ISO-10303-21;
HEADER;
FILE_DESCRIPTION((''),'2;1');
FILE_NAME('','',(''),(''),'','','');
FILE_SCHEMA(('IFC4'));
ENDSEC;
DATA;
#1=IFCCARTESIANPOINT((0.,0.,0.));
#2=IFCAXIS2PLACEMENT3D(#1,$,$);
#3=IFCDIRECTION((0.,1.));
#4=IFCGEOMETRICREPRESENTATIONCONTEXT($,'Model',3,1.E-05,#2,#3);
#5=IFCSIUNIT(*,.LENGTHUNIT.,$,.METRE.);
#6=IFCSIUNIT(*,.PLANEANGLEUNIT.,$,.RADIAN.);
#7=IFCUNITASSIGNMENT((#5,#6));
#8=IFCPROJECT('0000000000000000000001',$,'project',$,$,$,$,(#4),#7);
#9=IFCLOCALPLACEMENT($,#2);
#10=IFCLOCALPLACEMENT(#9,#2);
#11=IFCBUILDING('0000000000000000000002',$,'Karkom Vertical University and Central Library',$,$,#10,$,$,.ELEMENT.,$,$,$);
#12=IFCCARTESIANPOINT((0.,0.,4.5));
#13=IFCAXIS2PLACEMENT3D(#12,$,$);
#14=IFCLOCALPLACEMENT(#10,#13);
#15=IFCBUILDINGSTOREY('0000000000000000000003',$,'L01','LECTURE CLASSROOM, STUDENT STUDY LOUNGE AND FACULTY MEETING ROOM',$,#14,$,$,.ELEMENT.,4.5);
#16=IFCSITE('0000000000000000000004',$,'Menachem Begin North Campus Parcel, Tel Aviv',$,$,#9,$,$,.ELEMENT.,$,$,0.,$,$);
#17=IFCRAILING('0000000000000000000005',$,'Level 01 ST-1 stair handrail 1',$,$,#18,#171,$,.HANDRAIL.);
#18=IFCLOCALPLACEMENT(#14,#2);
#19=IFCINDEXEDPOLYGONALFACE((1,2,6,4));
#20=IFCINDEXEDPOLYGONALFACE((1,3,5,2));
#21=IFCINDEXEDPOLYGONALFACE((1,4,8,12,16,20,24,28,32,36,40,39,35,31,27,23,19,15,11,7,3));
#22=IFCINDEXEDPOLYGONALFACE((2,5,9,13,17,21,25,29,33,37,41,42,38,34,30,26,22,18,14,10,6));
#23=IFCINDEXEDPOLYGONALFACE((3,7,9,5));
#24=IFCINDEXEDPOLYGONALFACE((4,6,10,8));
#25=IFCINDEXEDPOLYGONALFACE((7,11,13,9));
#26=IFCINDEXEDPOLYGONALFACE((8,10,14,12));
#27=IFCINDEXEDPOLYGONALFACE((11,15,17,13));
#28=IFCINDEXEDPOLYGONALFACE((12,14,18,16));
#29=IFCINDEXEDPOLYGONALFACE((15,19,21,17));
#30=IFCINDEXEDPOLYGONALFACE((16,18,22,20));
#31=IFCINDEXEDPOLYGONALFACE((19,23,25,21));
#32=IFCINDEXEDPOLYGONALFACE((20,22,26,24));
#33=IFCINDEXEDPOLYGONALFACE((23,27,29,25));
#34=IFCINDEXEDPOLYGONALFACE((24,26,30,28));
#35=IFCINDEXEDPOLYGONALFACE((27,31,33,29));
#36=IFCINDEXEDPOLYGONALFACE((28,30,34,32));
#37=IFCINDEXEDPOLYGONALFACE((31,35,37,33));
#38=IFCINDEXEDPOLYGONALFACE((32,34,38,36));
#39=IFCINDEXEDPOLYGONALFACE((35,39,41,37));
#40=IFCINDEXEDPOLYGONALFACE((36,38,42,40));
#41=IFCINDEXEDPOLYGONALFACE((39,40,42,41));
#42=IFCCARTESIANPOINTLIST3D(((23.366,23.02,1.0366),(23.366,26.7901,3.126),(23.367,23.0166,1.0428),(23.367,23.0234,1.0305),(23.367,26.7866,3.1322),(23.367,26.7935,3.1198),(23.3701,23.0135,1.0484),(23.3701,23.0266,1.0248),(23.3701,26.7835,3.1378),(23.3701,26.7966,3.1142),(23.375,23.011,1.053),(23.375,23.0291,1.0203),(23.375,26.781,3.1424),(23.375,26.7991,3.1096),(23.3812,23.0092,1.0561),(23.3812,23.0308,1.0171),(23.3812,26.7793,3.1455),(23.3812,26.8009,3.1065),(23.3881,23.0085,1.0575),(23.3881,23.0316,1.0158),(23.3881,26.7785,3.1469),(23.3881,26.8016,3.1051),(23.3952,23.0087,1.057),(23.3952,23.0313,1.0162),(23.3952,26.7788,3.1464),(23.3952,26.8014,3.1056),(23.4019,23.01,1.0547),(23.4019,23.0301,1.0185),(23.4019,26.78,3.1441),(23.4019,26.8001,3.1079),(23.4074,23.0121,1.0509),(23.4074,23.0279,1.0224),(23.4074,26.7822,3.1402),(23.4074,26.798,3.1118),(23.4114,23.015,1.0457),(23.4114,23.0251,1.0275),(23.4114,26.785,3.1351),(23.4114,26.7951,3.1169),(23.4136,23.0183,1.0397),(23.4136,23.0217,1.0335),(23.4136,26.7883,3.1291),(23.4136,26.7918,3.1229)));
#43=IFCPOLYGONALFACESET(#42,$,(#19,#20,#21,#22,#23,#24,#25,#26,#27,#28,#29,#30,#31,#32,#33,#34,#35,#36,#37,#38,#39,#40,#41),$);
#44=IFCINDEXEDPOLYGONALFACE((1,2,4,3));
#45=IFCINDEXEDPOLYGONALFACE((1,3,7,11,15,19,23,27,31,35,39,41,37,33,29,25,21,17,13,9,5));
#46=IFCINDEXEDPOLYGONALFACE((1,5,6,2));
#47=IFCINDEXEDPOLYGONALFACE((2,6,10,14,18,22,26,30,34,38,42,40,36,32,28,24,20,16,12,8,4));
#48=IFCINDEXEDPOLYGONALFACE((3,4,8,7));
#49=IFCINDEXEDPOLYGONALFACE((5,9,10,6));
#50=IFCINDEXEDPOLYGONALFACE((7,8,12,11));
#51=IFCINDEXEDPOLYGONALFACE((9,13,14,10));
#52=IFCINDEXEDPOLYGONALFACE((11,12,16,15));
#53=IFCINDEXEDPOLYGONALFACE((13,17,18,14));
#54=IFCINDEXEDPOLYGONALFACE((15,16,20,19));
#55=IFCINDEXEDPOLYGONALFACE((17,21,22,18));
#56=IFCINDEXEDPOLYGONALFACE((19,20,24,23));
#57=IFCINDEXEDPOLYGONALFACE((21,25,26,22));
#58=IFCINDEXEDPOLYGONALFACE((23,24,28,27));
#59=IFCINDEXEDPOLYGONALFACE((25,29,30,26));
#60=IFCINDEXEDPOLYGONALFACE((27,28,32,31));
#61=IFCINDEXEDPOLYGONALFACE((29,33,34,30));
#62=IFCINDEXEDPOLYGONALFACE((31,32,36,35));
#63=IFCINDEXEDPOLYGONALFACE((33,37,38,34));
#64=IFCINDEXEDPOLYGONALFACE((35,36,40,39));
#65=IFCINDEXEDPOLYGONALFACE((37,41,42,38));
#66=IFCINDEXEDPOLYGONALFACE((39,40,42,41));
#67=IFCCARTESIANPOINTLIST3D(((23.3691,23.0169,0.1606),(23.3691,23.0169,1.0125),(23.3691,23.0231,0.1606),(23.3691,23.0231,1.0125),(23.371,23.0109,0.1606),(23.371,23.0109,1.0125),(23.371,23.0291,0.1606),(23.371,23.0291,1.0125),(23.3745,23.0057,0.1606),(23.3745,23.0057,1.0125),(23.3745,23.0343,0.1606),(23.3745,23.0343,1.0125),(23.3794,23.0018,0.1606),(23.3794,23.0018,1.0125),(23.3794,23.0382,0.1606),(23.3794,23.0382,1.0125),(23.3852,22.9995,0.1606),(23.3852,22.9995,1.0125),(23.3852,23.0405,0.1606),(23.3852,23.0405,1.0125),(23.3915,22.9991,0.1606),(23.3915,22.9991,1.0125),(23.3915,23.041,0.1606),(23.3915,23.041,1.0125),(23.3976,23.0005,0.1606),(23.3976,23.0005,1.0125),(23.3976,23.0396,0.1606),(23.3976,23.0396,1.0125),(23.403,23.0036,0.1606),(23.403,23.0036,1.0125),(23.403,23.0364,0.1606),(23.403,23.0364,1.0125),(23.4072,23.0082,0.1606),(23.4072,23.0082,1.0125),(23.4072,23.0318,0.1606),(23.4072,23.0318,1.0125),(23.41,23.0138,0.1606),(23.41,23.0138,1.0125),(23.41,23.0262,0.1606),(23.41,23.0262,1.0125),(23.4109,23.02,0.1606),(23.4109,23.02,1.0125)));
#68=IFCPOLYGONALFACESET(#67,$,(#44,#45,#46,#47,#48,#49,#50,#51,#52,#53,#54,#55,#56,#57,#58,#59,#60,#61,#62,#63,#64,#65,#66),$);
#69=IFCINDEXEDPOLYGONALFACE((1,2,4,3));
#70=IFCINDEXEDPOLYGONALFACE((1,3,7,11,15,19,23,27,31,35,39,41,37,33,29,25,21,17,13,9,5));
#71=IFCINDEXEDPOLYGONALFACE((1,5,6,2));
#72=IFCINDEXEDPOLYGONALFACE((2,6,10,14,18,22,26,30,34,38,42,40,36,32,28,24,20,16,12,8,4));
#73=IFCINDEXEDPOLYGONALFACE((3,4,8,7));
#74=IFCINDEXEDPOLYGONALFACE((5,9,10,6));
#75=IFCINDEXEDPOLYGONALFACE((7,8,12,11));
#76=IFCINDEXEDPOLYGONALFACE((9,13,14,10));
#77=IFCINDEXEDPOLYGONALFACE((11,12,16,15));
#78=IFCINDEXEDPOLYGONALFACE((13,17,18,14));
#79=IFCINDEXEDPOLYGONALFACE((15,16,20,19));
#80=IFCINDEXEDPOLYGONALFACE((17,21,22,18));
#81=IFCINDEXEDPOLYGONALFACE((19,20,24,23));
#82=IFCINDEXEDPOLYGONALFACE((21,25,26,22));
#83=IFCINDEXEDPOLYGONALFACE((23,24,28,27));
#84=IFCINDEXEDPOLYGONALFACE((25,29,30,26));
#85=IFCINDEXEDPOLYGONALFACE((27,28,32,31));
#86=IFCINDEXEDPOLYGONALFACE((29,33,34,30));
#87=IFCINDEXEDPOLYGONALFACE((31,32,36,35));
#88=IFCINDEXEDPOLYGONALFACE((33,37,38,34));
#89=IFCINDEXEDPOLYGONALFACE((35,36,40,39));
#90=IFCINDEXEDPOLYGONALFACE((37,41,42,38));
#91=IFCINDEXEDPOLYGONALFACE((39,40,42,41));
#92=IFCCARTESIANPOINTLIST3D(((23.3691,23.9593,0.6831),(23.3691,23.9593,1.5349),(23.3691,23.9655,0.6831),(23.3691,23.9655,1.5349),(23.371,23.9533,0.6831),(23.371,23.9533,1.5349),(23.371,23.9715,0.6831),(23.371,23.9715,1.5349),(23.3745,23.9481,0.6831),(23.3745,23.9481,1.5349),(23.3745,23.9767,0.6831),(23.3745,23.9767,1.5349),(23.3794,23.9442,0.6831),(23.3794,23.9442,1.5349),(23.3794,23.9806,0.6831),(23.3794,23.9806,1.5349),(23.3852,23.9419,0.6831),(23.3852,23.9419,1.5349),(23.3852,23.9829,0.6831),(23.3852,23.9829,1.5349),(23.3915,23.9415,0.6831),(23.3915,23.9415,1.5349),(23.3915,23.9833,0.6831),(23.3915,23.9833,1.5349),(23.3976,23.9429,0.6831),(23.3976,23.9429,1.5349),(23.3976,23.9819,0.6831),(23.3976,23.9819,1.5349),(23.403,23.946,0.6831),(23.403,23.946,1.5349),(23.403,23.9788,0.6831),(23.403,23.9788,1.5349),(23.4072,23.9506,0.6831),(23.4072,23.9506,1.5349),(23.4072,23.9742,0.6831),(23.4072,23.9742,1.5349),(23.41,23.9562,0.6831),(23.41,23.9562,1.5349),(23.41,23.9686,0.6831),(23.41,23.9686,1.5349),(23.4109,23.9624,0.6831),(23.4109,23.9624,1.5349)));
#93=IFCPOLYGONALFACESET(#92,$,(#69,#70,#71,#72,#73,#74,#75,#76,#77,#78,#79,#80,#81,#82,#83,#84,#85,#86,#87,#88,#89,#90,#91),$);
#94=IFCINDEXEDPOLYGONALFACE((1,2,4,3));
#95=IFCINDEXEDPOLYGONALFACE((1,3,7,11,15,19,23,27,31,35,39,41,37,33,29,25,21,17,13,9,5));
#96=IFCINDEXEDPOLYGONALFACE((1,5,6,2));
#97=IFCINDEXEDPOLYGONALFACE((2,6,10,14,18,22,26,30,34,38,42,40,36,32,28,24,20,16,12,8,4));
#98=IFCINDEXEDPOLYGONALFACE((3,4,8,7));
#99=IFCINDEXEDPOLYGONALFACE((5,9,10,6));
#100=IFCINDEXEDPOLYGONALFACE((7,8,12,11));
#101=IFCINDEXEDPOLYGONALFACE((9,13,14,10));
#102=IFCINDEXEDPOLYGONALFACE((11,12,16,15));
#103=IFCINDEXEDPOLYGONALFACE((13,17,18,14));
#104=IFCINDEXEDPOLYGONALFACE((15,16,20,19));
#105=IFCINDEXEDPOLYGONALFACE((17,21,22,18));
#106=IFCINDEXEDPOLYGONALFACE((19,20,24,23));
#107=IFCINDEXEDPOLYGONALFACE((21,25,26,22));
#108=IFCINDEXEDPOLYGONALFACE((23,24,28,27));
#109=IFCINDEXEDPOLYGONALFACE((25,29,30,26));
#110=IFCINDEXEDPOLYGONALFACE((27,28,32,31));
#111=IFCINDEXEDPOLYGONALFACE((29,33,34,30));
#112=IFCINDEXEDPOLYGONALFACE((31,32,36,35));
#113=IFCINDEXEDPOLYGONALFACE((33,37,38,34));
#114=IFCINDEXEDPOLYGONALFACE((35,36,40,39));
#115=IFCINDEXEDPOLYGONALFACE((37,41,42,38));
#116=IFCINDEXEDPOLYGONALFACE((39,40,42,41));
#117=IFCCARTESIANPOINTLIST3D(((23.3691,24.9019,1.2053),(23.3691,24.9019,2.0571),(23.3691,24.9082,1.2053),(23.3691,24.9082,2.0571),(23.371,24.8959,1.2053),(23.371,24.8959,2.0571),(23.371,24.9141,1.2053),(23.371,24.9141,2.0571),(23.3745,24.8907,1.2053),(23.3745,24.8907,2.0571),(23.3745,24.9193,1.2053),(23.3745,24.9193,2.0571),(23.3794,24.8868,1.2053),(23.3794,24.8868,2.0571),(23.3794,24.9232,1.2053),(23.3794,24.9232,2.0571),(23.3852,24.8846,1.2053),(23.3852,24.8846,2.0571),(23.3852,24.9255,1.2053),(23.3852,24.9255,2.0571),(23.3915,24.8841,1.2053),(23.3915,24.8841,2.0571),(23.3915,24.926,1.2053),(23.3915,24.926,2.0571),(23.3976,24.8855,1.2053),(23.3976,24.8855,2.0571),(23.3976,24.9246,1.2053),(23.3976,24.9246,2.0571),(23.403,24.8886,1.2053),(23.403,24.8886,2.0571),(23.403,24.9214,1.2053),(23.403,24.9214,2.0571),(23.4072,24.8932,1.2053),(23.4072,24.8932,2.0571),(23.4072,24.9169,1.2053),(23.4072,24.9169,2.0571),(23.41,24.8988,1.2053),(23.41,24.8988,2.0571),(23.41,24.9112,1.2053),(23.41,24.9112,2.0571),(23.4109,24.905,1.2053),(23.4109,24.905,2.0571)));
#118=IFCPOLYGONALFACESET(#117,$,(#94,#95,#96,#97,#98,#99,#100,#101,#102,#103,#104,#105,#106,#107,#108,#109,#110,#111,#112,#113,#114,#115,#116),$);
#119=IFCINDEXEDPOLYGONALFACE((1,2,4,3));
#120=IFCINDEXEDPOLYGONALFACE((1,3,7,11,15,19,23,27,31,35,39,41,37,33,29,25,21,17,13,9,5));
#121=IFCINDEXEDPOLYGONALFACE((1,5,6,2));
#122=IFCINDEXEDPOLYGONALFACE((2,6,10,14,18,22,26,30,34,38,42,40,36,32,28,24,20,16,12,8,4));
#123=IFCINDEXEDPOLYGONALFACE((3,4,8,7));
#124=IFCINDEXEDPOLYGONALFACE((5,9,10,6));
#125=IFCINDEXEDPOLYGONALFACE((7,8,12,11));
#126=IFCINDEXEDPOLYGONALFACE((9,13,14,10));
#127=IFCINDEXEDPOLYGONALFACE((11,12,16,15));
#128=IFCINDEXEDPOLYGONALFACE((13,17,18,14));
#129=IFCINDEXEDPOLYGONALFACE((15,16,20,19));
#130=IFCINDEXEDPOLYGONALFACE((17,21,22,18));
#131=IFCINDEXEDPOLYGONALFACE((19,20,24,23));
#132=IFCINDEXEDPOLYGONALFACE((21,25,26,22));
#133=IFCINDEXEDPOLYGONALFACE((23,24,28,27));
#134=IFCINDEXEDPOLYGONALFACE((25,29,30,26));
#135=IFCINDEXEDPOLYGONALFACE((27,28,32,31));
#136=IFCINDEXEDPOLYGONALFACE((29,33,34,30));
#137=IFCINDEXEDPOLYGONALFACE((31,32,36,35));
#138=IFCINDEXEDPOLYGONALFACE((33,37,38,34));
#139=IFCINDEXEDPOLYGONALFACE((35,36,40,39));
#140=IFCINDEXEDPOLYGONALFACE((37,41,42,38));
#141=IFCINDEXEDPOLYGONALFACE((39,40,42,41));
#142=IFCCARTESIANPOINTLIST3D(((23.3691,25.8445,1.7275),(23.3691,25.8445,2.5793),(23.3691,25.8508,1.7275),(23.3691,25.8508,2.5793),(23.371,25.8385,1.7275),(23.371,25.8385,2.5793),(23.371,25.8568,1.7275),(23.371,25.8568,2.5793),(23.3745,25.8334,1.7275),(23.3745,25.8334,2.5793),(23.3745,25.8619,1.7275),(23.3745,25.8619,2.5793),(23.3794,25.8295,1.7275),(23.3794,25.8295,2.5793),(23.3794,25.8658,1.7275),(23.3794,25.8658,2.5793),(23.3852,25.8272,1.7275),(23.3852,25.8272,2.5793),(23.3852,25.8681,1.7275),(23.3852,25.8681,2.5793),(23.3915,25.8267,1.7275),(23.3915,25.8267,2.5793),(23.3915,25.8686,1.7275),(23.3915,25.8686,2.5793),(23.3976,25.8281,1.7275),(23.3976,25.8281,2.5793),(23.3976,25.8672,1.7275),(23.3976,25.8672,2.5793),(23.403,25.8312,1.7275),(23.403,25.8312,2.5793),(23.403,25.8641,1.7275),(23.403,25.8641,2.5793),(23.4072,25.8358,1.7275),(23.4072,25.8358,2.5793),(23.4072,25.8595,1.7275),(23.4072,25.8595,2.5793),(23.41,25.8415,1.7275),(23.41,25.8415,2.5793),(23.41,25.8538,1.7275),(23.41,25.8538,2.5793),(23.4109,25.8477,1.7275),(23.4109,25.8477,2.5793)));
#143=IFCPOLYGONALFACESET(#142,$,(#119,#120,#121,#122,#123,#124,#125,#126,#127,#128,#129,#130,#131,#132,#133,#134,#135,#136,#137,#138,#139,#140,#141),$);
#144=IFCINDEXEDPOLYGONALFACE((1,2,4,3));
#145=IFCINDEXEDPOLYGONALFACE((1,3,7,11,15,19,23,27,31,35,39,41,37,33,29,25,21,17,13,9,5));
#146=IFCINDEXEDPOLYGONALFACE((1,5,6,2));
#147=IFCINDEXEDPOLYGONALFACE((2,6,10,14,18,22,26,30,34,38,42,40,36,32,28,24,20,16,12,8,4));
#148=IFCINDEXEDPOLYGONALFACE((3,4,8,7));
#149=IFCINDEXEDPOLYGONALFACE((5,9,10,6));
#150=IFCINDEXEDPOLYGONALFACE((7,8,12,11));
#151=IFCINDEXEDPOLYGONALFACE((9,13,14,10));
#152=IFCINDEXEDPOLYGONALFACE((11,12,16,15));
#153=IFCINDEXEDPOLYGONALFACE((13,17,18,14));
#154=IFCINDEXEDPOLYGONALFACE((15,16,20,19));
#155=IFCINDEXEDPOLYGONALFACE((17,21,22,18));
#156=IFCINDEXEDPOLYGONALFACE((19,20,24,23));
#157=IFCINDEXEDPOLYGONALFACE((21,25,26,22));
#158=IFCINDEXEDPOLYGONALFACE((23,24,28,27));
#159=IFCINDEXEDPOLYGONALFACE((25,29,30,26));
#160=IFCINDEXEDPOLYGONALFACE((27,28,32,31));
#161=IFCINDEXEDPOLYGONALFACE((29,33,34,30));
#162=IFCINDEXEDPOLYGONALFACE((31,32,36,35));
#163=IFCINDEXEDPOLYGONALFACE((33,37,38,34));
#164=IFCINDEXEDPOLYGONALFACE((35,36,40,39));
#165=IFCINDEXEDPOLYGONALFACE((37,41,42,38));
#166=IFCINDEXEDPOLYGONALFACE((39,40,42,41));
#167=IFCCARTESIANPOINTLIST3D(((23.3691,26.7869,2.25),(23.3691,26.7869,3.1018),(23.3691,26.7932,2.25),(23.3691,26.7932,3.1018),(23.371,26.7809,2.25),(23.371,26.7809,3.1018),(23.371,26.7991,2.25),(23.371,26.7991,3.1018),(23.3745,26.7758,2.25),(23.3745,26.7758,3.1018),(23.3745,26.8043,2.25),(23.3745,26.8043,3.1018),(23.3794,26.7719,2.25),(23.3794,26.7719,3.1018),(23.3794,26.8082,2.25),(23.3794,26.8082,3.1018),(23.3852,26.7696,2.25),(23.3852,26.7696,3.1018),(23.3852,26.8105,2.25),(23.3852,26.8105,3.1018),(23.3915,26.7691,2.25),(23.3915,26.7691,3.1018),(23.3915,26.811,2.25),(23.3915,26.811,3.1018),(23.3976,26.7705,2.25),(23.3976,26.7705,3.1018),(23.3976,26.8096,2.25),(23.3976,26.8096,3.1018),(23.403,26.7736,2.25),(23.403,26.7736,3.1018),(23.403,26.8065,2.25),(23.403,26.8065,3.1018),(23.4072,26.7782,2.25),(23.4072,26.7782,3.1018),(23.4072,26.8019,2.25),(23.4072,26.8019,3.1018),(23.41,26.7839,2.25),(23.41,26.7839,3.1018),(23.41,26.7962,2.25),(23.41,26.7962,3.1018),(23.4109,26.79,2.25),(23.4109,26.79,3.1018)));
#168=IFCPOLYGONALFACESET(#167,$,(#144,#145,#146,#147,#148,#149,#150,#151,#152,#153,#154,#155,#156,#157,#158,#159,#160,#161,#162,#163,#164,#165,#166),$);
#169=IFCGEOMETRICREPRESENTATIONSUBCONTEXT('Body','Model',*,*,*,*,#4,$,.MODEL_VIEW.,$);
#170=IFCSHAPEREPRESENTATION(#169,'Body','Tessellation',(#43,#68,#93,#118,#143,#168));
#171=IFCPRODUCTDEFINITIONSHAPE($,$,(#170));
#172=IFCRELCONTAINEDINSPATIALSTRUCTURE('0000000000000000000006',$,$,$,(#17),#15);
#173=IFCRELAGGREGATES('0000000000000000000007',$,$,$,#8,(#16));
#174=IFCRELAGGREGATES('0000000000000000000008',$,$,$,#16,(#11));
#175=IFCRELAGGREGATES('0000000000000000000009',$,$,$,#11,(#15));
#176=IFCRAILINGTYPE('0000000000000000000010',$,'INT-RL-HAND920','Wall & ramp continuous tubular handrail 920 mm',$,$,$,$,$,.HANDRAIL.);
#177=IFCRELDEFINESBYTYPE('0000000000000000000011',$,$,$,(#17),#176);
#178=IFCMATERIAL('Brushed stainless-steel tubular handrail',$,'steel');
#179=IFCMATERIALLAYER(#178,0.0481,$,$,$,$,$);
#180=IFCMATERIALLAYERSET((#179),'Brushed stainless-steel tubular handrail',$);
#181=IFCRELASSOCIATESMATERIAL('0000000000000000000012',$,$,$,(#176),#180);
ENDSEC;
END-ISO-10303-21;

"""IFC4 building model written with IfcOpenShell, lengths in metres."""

from ifc_helpers import new_model, si_unit, direction, frame, origin, origin_2d, place, context, subcontext, project, spatial, circle, extrude, material, layer, layer_set, type_object, element, save


model = new_model("IFC4")

# Units and contexts
model_context = context("Model", 3, precision=1e-05, world=origin(), true_north=direction((0.0, 1.0)))
body_context = subcontext(model_context, "Body", "Model", "MODEL_VIEW")
ifc_project = project(units=[si_unit("LENGTHUNIT", "METRE"), si_unit("PLANEANGLEUNIT", "RADIAN")], contexts=[model_context])

# Site, building, storey
site_placement = place(None, origin())
site = spatial("IfcSite", under=ifc_project, at=site_placement, Name="Menachem Begin North Campus Parcel, Tel Aviv", CompositionType="ELEMENT", RefElevation=0.0)
building_placement = place(site_placement, origin())
building = spatial("IfcBuilding", under=site, at=building_placement, Name="Karkom Vertical University and Central Library", CompositionType="ELEMENT")
storey_placement = place(building_placement, frame((0.0, 0.0, 4.5)))
storey = spatial("IfcBuildingStorey", under=building, at=storey_placement, Name="L01", Description="LECTURE CLASSROOM, STUDENT STUDY LOUNGE AND FACULTY MEETING ROOM", CompositionType="ELEMENT", Elevation=4.5)

# Railing
ifc_material_1 = material(Name="Brushed stainless-steel tubular handrail", Category="steel")
ifc_layer_1 = layer(ifc_material_1, 0.0481)
ifc_layer_set_1 = layer_set([ifc_layer_1], Name="Brushed stainless-steel tubular handrail")
railing_type_1 = type_object("IfcRailingType", Name="INT-RL-HAND920", Description="Wall & ramp continuous tubular handrail 920 mm", PredefinedType="HANDRAIL", material=ifc_layer_set_1)
railing_1_placement = place(storey_placement, frame((23.3899, 23.02, 0.1606)))
element("IfcRailing", 1, at=railing_1_placement, inside=storey, type_object=railing_type_1, Name="Level 01 ST-1 stair handrail 1", PredefinedType="HANDRAIL", context=body_context, shape_type="SweptSolid", body=[
    extrude(circle(Radius=0.0239, at=origin_2d()), frame((0.0, 0.0, 0.876), z_axis=(0.0, 0.874659, 0.484739), x_axis=(-1.0, 0.0, 0.0)), (0.0, 0.0, 1.0), 4.3103),
    extrude(circle(Radius=0.021, at=origin_2d()), origin(), (0.0, 0.0, 1.0), 0.8518),
    extrude(circle(Radius=0.021, at=origin_2d()), frame((0.0, 0.9424, 0.5225)), (0.0, 0.0, 1.0), 0.8518),
    extrude(circle(Radius=0.021, at=origin_2d()), frame((0.0, 1.885, 1.0447)), (0.0, 0.0, 1.0), 0.8518),
    extrude(circle(Radius=0.021, at=origin_2d()), frame((0.0, 2.8276, 1.5669)), (0.0, 0.0, 1.0), 0.8518),
    extrude(circle(Radius=0.021, at=origin_2d()), frame((0.0, 3.77, 2.0894)), (0.0, 0.0, 1.0), 0.8518),
])

save(model, "model.ifc")
